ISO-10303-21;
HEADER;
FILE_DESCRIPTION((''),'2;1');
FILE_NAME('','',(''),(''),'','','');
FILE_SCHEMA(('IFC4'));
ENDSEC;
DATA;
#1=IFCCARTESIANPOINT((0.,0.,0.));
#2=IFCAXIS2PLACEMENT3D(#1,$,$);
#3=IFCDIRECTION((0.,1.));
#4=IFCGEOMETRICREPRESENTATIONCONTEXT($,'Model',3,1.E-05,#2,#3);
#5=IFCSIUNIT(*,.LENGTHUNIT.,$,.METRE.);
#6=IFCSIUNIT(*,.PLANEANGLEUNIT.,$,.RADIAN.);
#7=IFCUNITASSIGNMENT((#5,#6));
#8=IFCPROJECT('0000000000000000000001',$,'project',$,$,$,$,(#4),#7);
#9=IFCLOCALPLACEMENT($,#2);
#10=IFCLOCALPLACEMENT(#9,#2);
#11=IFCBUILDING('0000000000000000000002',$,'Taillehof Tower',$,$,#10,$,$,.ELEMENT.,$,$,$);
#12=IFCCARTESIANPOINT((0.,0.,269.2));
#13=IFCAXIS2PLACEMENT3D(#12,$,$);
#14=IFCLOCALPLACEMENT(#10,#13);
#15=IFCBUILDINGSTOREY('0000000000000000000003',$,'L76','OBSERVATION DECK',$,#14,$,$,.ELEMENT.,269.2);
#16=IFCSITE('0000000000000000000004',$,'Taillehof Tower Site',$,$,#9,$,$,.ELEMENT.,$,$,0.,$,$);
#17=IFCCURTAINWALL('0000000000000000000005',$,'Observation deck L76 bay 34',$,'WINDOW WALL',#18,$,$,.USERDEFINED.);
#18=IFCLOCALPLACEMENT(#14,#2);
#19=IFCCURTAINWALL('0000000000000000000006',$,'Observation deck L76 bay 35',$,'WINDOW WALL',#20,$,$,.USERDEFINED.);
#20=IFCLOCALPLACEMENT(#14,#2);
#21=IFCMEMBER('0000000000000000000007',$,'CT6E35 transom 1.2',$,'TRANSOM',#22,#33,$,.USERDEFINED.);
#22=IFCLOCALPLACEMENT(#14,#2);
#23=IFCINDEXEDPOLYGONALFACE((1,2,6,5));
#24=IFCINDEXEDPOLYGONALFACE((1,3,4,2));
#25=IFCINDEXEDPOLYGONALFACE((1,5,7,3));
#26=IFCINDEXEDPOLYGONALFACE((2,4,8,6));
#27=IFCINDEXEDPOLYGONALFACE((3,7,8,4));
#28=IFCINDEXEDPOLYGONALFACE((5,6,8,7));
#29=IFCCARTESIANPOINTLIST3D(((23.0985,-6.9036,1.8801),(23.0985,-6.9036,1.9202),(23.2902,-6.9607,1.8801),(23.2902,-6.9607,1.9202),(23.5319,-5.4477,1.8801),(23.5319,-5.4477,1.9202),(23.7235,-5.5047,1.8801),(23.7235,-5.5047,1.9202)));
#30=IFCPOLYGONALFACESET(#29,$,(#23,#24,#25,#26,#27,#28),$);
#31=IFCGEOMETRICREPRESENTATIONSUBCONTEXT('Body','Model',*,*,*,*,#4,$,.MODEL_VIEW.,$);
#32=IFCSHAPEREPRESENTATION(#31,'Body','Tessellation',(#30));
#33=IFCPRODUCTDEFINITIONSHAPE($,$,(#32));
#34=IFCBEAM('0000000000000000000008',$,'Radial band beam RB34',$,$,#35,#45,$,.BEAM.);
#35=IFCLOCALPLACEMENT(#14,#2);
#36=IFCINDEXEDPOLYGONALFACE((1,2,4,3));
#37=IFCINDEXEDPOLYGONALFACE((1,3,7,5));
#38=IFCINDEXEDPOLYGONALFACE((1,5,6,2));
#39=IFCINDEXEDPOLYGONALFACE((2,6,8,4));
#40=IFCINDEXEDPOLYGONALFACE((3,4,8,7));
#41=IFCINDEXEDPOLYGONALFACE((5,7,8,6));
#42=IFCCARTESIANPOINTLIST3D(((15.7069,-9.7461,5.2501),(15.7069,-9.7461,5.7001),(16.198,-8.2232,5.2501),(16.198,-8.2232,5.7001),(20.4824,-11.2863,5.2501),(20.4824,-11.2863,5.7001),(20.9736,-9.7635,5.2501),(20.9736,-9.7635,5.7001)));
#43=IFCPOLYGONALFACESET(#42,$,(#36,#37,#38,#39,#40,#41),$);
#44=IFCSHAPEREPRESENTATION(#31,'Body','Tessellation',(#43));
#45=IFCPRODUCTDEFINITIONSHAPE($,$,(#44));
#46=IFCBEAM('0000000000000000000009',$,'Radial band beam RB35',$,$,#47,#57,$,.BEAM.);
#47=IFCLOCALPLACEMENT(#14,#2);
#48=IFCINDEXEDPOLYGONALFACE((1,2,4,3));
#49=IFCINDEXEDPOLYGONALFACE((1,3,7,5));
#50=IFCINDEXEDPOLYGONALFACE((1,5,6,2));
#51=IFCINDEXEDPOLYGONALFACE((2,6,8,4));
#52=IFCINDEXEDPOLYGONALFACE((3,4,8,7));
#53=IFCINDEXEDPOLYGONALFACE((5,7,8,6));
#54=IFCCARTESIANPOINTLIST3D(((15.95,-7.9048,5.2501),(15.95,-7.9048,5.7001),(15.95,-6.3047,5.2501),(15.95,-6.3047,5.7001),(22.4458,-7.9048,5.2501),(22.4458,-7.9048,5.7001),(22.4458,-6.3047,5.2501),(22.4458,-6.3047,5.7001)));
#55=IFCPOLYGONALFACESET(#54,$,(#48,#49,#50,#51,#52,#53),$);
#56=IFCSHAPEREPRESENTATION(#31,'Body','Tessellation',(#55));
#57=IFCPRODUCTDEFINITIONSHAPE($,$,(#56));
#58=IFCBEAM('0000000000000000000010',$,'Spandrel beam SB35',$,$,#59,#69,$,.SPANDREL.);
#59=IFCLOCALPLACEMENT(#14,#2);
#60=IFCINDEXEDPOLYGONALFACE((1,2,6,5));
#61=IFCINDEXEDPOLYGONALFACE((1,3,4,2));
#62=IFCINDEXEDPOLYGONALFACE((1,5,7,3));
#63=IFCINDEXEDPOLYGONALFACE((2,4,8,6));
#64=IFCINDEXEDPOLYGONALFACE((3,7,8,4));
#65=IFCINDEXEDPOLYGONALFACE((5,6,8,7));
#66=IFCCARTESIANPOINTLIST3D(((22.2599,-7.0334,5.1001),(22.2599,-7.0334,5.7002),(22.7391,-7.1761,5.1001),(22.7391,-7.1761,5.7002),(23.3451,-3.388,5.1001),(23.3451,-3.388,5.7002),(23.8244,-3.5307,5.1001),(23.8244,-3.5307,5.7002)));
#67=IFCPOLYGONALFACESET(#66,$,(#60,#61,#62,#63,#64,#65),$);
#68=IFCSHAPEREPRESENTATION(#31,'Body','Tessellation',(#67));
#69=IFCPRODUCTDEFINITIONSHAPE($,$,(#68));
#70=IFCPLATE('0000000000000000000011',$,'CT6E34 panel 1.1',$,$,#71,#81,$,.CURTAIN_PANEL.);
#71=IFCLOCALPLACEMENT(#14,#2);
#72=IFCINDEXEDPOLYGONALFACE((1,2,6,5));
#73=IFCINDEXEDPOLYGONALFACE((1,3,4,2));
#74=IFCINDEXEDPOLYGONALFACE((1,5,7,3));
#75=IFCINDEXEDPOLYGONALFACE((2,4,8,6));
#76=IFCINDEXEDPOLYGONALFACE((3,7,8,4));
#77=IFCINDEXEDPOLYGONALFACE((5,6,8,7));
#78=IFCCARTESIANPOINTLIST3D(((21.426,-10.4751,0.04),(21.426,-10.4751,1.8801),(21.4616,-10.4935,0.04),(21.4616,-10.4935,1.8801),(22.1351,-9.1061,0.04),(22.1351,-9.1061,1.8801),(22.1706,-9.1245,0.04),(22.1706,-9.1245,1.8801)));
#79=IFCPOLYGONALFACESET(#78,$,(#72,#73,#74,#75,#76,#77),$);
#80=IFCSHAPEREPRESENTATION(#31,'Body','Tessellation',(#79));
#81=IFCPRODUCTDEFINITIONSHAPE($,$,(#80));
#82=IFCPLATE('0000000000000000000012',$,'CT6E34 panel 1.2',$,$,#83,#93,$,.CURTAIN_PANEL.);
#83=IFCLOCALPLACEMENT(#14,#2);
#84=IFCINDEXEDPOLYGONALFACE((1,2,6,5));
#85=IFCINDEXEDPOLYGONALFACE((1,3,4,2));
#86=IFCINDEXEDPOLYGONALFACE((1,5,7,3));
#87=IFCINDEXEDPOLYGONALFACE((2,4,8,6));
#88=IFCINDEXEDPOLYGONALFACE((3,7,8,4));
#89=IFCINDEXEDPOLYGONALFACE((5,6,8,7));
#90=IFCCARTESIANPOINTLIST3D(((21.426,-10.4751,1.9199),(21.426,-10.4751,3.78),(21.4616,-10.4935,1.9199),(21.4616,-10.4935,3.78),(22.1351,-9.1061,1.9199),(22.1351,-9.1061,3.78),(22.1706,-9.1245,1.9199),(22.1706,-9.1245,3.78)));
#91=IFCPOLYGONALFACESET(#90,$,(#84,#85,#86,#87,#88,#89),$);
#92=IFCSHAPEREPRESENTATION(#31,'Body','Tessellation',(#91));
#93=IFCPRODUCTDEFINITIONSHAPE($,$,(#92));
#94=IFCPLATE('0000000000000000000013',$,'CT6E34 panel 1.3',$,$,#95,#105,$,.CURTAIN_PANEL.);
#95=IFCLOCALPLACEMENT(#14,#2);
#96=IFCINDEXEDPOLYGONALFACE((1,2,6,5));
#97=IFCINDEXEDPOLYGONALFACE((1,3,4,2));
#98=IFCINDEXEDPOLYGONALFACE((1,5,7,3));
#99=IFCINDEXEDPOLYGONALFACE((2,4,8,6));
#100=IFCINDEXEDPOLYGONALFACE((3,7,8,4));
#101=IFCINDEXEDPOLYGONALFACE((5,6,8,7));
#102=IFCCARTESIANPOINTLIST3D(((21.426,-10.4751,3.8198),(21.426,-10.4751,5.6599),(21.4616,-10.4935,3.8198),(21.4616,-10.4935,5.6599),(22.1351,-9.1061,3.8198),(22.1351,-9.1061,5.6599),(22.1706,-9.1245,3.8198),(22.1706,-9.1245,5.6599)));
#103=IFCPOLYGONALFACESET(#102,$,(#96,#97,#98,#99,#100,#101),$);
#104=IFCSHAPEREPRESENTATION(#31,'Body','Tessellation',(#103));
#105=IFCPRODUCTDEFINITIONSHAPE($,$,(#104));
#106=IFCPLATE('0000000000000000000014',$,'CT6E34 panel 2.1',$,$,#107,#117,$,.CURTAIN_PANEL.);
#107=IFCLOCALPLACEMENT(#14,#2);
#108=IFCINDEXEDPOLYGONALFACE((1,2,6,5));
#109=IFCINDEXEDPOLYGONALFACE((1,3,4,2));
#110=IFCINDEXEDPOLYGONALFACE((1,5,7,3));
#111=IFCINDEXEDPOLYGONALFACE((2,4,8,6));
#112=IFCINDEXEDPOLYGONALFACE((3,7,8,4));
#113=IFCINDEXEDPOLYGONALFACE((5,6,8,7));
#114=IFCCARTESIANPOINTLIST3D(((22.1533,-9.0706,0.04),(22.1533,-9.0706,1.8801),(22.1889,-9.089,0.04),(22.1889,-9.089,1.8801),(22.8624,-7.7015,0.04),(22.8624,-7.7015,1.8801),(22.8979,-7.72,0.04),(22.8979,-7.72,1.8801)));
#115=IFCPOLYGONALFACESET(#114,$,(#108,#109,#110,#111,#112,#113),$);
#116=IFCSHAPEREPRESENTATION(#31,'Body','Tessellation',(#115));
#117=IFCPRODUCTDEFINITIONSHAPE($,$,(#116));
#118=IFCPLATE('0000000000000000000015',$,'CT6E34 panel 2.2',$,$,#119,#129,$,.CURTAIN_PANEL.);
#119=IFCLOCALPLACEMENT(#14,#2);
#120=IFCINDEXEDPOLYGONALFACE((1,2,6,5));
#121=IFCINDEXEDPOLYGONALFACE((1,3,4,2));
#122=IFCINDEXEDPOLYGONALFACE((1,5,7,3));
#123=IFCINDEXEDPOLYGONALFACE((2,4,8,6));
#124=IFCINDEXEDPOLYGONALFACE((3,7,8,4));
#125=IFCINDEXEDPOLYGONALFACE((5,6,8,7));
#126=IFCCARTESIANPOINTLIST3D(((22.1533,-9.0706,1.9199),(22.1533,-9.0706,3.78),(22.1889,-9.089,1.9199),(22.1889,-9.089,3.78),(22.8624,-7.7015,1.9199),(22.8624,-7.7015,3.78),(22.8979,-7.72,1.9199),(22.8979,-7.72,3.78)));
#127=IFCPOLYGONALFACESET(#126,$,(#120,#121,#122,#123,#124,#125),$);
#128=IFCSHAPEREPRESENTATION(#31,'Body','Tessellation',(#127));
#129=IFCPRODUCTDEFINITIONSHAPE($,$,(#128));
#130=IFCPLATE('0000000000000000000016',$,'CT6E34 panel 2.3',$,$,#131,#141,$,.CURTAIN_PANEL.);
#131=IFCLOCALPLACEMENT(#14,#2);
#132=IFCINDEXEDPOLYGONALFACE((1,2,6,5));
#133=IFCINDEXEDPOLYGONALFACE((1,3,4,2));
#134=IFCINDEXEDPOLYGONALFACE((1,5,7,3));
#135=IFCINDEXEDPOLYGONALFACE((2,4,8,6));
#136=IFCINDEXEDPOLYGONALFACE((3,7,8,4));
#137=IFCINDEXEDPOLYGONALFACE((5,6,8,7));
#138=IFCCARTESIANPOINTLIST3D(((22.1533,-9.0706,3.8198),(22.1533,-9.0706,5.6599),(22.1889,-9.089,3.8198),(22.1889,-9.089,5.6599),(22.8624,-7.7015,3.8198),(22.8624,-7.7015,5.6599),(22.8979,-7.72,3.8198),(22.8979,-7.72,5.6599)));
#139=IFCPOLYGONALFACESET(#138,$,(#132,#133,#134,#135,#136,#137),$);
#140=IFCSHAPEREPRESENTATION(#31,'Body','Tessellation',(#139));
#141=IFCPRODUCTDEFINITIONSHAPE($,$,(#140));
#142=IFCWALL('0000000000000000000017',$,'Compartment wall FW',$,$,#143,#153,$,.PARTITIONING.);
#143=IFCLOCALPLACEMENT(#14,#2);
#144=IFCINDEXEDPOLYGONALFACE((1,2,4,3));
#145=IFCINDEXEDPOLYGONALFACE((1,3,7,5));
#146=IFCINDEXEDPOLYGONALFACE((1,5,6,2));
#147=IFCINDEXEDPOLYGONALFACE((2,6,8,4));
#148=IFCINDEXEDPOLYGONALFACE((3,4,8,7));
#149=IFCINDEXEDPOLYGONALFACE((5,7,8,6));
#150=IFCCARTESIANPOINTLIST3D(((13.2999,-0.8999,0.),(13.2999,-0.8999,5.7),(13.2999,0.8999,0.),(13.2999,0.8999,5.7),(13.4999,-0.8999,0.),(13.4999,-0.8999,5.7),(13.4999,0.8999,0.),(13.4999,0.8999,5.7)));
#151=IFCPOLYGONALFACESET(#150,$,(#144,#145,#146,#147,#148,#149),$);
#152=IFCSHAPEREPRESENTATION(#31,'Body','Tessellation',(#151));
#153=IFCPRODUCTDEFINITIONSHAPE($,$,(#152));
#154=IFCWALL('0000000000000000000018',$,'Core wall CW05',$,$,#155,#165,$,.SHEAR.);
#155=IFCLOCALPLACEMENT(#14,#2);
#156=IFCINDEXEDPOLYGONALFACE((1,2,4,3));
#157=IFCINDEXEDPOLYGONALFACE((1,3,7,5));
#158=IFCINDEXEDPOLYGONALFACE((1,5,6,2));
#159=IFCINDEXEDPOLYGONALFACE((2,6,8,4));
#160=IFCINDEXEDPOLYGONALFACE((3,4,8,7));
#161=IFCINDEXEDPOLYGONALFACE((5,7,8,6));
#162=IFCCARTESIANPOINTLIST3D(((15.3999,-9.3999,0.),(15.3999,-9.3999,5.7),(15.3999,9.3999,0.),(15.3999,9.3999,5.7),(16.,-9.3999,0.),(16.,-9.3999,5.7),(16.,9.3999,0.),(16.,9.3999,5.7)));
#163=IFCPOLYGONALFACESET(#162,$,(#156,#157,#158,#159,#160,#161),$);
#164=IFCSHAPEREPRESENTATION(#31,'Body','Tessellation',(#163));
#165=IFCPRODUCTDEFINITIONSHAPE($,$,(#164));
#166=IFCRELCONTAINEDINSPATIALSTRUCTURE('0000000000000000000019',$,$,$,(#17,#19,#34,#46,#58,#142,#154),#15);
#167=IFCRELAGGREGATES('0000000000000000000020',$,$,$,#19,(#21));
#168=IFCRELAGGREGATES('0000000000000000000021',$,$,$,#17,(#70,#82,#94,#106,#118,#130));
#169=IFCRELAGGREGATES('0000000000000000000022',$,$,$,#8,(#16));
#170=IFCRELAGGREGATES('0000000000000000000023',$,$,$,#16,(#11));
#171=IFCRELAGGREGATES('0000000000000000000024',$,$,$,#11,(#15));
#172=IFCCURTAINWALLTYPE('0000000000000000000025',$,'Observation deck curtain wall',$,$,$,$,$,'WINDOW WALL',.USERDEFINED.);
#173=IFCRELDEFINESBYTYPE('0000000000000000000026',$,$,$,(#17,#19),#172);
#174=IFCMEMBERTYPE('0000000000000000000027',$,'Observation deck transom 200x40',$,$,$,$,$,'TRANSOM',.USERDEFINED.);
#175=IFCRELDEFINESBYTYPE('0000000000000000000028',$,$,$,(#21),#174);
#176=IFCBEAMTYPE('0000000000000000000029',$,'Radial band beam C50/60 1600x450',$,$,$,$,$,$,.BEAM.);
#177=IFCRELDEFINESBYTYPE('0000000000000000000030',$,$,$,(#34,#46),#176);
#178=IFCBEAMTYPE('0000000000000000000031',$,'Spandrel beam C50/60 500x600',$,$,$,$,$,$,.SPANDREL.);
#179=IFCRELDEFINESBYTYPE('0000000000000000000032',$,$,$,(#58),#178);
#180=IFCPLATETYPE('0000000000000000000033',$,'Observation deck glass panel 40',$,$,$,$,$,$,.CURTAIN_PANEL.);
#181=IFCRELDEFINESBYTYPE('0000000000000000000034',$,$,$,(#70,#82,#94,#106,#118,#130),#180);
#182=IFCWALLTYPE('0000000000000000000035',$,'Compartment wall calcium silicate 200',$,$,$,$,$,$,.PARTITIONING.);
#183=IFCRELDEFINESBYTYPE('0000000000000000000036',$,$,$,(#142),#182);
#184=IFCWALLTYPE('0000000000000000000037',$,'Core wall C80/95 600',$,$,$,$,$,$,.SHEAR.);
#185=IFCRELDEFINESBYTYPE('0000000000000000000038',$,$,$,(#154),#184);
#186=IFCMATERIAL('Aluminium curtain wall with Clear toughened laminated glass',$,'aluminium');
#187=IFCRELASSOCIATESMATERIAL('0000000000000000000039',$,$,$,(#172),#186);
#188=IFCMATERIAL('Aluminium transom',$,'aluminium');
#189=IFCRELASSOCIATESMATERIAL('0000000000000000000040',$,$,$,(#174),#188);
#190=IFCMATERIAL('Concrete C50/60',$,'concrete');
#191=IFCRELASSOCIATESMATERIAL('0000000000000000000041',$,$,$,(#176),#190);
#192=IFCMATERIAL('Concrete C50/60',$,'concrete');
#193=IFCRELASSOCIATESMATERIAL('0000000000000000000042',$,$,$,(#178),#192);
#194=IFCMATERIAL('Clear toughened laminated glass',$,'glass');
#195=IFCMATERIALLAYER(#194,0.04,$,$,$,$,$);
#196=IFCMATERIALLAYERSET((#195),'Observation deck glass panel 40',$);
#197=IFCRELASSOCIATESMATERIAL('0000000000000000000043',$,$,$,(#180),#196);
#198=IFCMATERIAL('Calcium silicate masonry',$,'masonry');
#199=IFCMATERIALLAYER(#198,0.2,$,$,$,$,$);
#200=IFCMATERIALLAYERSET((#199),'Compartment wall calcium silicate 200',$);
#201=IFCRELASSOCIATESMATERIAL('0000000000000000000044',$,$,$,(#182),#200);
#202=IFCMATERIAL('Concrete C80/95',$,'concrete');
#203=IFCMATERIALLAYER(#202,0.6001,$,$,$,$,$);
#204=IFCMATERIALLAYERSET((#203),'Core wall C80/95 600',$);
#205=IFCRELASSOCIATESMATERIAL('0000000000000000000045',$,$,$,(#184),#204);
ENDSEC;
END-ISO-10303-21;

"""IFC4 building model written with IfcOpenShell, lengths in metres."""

from ifc_helpers import new_model, si_unit, direction, frame, frame_2d, origin, origin_2d, place, context, subcontext, project, spatial, rectangle, extrude, material, layer, layer_set, material_profile, profile_set, type_object, element, aggregate, save


model = new_model("IFC4")

# Units and contexts
model_context = context("Model", 3, precision=1e-05, world=origin(), true_north=direction((0.0, 1.0)))
body_context = subcontext(model_context, "Body", "Model", "MODEL_VIEW")
ifc_project = project(units=[si_unit("LENGTHUNIT", "METRE"), si_unit("PLANEANGLEUNIT", "RADIAN")], contexts=[model_context])

# Site, building, storey
site_placement = place(None, origin())
site = spatial("IfcSite", under=ifc_project, at=site_placement, Name="Taillehof Tower Site", CompositionType="ELEMENT", RefElevation=0.0)
building_placement = place(site_placement, origin())
building = spatial("IfcBuilding", under=site, at=building_placement, Name="Taillehof Tower", CompositionType="ELEMENT")
storey_placement = place(building_placement, frame((0.0, 0.0, 269.2)))
storey = spatial("IfcBuildingStorey", under=building, at=storey_placement, Name="L76", Description="OBSERVATION DECK", CompositionType="ELEMENT", Elevation=269.2)

# Curtain wall
ifc_material_1 = material(Name="Aluminium curtain wall with Clear toughened laminated glass", Category="aluminium")
curtain_wall_type = type_object("IfcCurtainWallType", Name="Observation deck curtain wall", ElementType="WINDOW WALL", PredefinedType="USERDEFINED", material=ifc_material_1)
curtain_wall_1_placement = place(storey_placement, origin())
curtain_wall_1 = element("IfcCurtainWall", 1, at=curtain_wall_1_placement, inside=storey, type_object=curtain_wall_type, Name="Observation deck L76 bay 34", ObjectType="WINDOW WALL", PredefinedType="USERDEFINED")

# Curtain wall
curtain_wall_2_placement = place(storey_placement, origin())
curtain_wall_2 = element("IfcCurtainWall", 2, at=curtain_wall_2_placement, inside=storey, type_object=curtain_wall_type, Name="Observation deck L76 bay 35", ObjectType="WINDOW WALL", PredefinedType="USERDEFINED")

# Member
ifc_material_2 = material(Name="Aluminium transom", Category="aluminium")
ifc_material_profile_1 = material_profile(ifc_material_2, rectangle(XDim=0.2, YDim=0.04, at=origin_2d()), Name="AL 200x40")
ifc_profile_set_1 = profile_set([ifc_material_profile_1], Name="Aluminium transom")
member_type_1 = type_object("IfcMemberType", Name="Observation deck transom 200x40", ElementType="TRANSOM", PredefinedType="USERDEFINED", material=ifc_profile_set_1)
member_1_placement = place(storey_placement, frame((23.1943, -6.9321, 1.9001), z_axis=(0.285298, 0.958439, 0.0), x_axis=(-0.958439, 0.285298, 0.0)))
member_1 = element("IfcMember", 3, at=member_1_placement, type_object=member_type_1, Name="CT6E35 transom 1.2", ObjectType="TRANSOM", PredefinedType="USERDEFINED", context=body_context, shape_type="SweptSolid", body=[
    extrude(rectangle(XDim=0.2, YDim=0.04, at=origin_2d()), origin(), (0.0, 0.0, 1.0), 1.519),
])
aggregate(curtain_wall_2, [member_1])

# Beams
ifc_material_3 = material(Name="Concrete C50/60", Category="concrete")
ifc_material_profile_2 = material_profile(ifc_material_3, rectangle(XDim=1.6001, YDim=0.45, at=origin_2d()), Name="RC 1600x450")
ifc_profile_set_2 = profile_set([ifc_material_profile_2], Name="Concrete C50/60")
beam_type_1 = type_object("IfcBeamType", Name="Radial band beam C50/60 1600x450", PredefinedType="BEAM", material=ifc_profile_set_2)
beam_1_placement = place(storey_placement, frame((20.728, -10.5249, 5.4751), z_axis=(-0.951723, 0.306959, 0.0), x_axis=(-0.306959, -0.951723, 0.0)))
element("IfcBeam", 4, at=beam_1_placement, inside=storey, type_object=beam_type_1, Name="Radial band beam RB34", PredefinedType="BEAM", context=body_context, shape_type="SweptSolid", body=[
    extrude(rectangle(XDim=1.6001, YDim=0.45, at=origin_2d()), origin(), (0.0, 0.0, 1.0), 5.0178),
])
beam_2_placement = place(storey_placement, frame((22.4458, -7.1047, 5.4751), z_axis=(-1.0, 0.0, 0.0), x_axis=(0.0, -1.0, 0.0)))
element("IfcBeam", 5, at=beam_2_placement, inside=storey, type_object=beam_type_1, Name="Radial band beam RB35", PredefinedType="BEAM", context=body_context, shape_type="SweptSolid", body=[
    extrude(rectangle(XDim=1.6001, YDim=0.45, at=origin_2d()), origin(), (0.0, 0.0, 1.0), 6.4958),
])
ifc_material_4 = material(Name="Concrete C50/60", Category="concrete")
ifc_material_profile_3 = material_profile(ifc_material_4, rectangle(XDim=0.5, YDim=0.6001, at=origin_2d()), Name="RC 500x600")
ifc_profile_set_3 = profile_set([ifc_material_profile_3], Name="Concrete C50/60")
beam_type_2 = type_object("IfcBeamType", Name="Spandrel beam C50/60 500x600", PredefinedType="SPANDREL", material=ifc_profile_set_3)
beam_3_placement = place(storey_placement, frame((22.4995, -7.1047, 5.4001), z_axis=(0.285327, 0.95843, 0.0), x_axis=(-0.95843, 0.285327, 0.0)))
element("IfcBeam", 6, at=beam_3_placement, inside=storey, type_object=beam_type_2, Name="Spandrel beam SB35", PredefinedType="SPANDREL", context=body_context, shape_type="SweptSolid", body=[
    extrude(rectangle(XDim=0.5, YDim=0.6001, at=origin_2d()), origin(), (0.0, 0.0, 1.0), 3.8035),
])

# Plates
ifc_material_5 = material(Name="Clear toughened laminated glass", Category="glass")
ifc_layer_1 = layer(ifc_material_5, 0.04)
ifc_layer_set_1 = layer_set([ifc_layer_1], Name="Observation deck glass panel 40")
plate_type = type_object("IfcPlateType", Name="Observation deck glass panel 40", PredefinedType="CURTAIN_PANEL", material=ifc_layer_set_1)
plate_1_placement = place(storey_placement, frame((21.7983, -9.7998, 0.04), z_axis=(0.0, 0.0, 1.0), x_axis=(0.459891, 0.887975, 0.0)))
plate_1 = element("IfcPlate", 7, at=plate_1_placement, type_object=plate_type, Name="CT6E34 panel 1.1", PredefinedType="CURTAIN_PANEL", context=body_context, shape_type="SweptSolid", body=[
    extrude(rectangle(XDim=1.5417, YDim=0.04, at=origin_2d()), origin(), (0.0, 0.0, 1.0), 1.8401),
])
plate_2_placement = place(storey_placement, frame((21.7983, -9.7998, 1.9199), z_axis=(0.0, 0.0, 1.0), x_axis=(0.459891, 0.887975, 0.0)))
plate_2 = element("IfcPlate", 8, at=plate_2_placement, type_object=plate_type, Name="CT6E34 panel 1.2", PredefinedType="CURTAIN_PANEL", context=body_context, shape_type="SweptSolid", body=[
    extrude(rectangle(XDim=1.5417, YDim=0.04, at=origin_2d()), origin(), (0.0, 0.0, 1.0), 1.8601),
])
plate_3_placement = place(storey_placement, frame((21.7983, -9.7998, 3.8198), z_axis=(0.0, 0.0, 1.0), x_axis=(0.459891, 0.887975, 0.0)))
plate_3 = element("IfcPlate", 9, at=plate_3_placement, type_object=plate_type, Name="CT6E34 panel 1.3", PredefinedType="CURTAIN_PANEL", context=body_context, shape_type="SweptSolid", body=[
    extrude(rectangle(XDim=1.5417, YDim=0.04, at=origin_2d()), origin(), (0.0, 0.0, 1.0), 1.8401),
])
plate_4_placement = place(storey_placement, frame((22.5256, -8.3953, 0.04), z_axis=(0.0, 0.0, 1.0), x_axis=(0.459891, 0.887975, 0.0)))
plate_4 = element("IfcPlate", 10, at=plate_4_placement, type_object=plate_type, Name="CT6E34 panel 2.1", PredefinedType="CURTAIN_PANEL", context=body_context, shape_type="SweptSolid", body=[
    extrude(rectangle(XDim=1.5417, YDim=0.04, at=origin_2d()), origin(), (0.0, 0.0, 1.0), 1.8401),
])
plate_5_placement = place(storey_placement, frame((22.5256, -8.3953, 1.9199), z_axis=(0.0, 0.0, 1.0), x_axis=(0.459891, 0.887975, 0.0)))
plate_5 = element("IfcPlate", 11, at=plate_5_placement, type_object=plate_type, Name="CT6E34 panel 2.2", PredefinedType="CURTAIN_PANEL", context=body_context, shape_type="SweptSolid", body=[
    extrude(rectangle(XDim=1.5417, YDim=0.04, at=origin_2d()), origin(), (0.0, 0.0, 1.0), 1.8601),
])
plate_6_placement = place(storey_placement, frame((22.5256, -8.3953, 3.8198), z_axis=(0.0, 0.0, 1.0), x_axis=(0.459891, 0.887975, 0.0)))
plate_6 = element("IfcPlate", 12, at=plate_6_placement, type_object=plate_type, Name="CT6E34 panel 2.3", PredefinedType="CURTAIN_PANEL", context=body_context, shape_type="SweptSolid", body=[
    extrude(rectangle(XDim=1.5417, YDim=0.04, at=origin_2d()), origin(), (0.0, 0.0, 1.0), 1.8401),
])
aggregate(curtain_wall_1, [plate_1, plate_2, plate_3, plate_4, plate_5, plate_6])

# Walls
ifc_material_6 = material(Name="Calcium silicate masonry", Category="masonry")
ifc_layer_2 = layer(ifc_material_6, 0.2)
ifc_layer_set_2 = layer_set([ifc_layer_2], Name="Compartment wall calcium silicate 200")
wall_type_1 = type_object("IfcWallType", Name="Compartment wall calcium silicate 200", PredefinedType="PARTITIONING", material=ifc_layer_set_2)
wall_1_placement = place(storey_placement, frame((13.3999, -0.8999, 0.0), z_axis=(0.0, 0.0, 1.0), x_axis=(0.0, 1.0, 0.0)))
element("IfcWall", 13, at=wall_1_placement, inside=storey, type_object=wall_type_1, Name="Compartment wall FW", PredefinedType="PARTITIONING", context=body_context, shape_type="SweptSolid", body=[
    extrude(rectangle(XDim=1.7998, YDim=0.2, at=frame_2d((0.8999, 0.0))), origin(), (0.0, 0.0, 1.0), 5.7),
])
ifc_material_7 = material(Name="Concrete C80/95", Category="concrete")
ifc_layer_3 = layer(ifc_material_7, 0.6001)
ifc_layer_set_3 = layer_set([ifc_layer_3], Name="Core wall C80/95 600")
wall_type_2 = type_object("IfcWallType", Name="Core wall C80/95 600", PredefinedType="SHEAR", material=ifc_layer_set_3)
wall_2_placement = place(storey_placement, frame((15.7, -9.3999, 0.0), z_axis=(0.0, 0.0, 1.0), x_axis=(0.0, 1.0, 0.0)))
element("IfcWall", 14, at=wall_2_placement, inside=storey, type_object=wall_type_2, Name="Core wall CW05", PredefinedType="SHEAR", context=body_context, shape_type="SweptSolid", body=[
    extrude(rectangle(XDim=18.7998, YDim=0.6001, at=frame_2d((9.3999, 0.0))), origin(), (0.0, 0.0, 1.0), 5.7),
])

save(model, "model.ifc")
